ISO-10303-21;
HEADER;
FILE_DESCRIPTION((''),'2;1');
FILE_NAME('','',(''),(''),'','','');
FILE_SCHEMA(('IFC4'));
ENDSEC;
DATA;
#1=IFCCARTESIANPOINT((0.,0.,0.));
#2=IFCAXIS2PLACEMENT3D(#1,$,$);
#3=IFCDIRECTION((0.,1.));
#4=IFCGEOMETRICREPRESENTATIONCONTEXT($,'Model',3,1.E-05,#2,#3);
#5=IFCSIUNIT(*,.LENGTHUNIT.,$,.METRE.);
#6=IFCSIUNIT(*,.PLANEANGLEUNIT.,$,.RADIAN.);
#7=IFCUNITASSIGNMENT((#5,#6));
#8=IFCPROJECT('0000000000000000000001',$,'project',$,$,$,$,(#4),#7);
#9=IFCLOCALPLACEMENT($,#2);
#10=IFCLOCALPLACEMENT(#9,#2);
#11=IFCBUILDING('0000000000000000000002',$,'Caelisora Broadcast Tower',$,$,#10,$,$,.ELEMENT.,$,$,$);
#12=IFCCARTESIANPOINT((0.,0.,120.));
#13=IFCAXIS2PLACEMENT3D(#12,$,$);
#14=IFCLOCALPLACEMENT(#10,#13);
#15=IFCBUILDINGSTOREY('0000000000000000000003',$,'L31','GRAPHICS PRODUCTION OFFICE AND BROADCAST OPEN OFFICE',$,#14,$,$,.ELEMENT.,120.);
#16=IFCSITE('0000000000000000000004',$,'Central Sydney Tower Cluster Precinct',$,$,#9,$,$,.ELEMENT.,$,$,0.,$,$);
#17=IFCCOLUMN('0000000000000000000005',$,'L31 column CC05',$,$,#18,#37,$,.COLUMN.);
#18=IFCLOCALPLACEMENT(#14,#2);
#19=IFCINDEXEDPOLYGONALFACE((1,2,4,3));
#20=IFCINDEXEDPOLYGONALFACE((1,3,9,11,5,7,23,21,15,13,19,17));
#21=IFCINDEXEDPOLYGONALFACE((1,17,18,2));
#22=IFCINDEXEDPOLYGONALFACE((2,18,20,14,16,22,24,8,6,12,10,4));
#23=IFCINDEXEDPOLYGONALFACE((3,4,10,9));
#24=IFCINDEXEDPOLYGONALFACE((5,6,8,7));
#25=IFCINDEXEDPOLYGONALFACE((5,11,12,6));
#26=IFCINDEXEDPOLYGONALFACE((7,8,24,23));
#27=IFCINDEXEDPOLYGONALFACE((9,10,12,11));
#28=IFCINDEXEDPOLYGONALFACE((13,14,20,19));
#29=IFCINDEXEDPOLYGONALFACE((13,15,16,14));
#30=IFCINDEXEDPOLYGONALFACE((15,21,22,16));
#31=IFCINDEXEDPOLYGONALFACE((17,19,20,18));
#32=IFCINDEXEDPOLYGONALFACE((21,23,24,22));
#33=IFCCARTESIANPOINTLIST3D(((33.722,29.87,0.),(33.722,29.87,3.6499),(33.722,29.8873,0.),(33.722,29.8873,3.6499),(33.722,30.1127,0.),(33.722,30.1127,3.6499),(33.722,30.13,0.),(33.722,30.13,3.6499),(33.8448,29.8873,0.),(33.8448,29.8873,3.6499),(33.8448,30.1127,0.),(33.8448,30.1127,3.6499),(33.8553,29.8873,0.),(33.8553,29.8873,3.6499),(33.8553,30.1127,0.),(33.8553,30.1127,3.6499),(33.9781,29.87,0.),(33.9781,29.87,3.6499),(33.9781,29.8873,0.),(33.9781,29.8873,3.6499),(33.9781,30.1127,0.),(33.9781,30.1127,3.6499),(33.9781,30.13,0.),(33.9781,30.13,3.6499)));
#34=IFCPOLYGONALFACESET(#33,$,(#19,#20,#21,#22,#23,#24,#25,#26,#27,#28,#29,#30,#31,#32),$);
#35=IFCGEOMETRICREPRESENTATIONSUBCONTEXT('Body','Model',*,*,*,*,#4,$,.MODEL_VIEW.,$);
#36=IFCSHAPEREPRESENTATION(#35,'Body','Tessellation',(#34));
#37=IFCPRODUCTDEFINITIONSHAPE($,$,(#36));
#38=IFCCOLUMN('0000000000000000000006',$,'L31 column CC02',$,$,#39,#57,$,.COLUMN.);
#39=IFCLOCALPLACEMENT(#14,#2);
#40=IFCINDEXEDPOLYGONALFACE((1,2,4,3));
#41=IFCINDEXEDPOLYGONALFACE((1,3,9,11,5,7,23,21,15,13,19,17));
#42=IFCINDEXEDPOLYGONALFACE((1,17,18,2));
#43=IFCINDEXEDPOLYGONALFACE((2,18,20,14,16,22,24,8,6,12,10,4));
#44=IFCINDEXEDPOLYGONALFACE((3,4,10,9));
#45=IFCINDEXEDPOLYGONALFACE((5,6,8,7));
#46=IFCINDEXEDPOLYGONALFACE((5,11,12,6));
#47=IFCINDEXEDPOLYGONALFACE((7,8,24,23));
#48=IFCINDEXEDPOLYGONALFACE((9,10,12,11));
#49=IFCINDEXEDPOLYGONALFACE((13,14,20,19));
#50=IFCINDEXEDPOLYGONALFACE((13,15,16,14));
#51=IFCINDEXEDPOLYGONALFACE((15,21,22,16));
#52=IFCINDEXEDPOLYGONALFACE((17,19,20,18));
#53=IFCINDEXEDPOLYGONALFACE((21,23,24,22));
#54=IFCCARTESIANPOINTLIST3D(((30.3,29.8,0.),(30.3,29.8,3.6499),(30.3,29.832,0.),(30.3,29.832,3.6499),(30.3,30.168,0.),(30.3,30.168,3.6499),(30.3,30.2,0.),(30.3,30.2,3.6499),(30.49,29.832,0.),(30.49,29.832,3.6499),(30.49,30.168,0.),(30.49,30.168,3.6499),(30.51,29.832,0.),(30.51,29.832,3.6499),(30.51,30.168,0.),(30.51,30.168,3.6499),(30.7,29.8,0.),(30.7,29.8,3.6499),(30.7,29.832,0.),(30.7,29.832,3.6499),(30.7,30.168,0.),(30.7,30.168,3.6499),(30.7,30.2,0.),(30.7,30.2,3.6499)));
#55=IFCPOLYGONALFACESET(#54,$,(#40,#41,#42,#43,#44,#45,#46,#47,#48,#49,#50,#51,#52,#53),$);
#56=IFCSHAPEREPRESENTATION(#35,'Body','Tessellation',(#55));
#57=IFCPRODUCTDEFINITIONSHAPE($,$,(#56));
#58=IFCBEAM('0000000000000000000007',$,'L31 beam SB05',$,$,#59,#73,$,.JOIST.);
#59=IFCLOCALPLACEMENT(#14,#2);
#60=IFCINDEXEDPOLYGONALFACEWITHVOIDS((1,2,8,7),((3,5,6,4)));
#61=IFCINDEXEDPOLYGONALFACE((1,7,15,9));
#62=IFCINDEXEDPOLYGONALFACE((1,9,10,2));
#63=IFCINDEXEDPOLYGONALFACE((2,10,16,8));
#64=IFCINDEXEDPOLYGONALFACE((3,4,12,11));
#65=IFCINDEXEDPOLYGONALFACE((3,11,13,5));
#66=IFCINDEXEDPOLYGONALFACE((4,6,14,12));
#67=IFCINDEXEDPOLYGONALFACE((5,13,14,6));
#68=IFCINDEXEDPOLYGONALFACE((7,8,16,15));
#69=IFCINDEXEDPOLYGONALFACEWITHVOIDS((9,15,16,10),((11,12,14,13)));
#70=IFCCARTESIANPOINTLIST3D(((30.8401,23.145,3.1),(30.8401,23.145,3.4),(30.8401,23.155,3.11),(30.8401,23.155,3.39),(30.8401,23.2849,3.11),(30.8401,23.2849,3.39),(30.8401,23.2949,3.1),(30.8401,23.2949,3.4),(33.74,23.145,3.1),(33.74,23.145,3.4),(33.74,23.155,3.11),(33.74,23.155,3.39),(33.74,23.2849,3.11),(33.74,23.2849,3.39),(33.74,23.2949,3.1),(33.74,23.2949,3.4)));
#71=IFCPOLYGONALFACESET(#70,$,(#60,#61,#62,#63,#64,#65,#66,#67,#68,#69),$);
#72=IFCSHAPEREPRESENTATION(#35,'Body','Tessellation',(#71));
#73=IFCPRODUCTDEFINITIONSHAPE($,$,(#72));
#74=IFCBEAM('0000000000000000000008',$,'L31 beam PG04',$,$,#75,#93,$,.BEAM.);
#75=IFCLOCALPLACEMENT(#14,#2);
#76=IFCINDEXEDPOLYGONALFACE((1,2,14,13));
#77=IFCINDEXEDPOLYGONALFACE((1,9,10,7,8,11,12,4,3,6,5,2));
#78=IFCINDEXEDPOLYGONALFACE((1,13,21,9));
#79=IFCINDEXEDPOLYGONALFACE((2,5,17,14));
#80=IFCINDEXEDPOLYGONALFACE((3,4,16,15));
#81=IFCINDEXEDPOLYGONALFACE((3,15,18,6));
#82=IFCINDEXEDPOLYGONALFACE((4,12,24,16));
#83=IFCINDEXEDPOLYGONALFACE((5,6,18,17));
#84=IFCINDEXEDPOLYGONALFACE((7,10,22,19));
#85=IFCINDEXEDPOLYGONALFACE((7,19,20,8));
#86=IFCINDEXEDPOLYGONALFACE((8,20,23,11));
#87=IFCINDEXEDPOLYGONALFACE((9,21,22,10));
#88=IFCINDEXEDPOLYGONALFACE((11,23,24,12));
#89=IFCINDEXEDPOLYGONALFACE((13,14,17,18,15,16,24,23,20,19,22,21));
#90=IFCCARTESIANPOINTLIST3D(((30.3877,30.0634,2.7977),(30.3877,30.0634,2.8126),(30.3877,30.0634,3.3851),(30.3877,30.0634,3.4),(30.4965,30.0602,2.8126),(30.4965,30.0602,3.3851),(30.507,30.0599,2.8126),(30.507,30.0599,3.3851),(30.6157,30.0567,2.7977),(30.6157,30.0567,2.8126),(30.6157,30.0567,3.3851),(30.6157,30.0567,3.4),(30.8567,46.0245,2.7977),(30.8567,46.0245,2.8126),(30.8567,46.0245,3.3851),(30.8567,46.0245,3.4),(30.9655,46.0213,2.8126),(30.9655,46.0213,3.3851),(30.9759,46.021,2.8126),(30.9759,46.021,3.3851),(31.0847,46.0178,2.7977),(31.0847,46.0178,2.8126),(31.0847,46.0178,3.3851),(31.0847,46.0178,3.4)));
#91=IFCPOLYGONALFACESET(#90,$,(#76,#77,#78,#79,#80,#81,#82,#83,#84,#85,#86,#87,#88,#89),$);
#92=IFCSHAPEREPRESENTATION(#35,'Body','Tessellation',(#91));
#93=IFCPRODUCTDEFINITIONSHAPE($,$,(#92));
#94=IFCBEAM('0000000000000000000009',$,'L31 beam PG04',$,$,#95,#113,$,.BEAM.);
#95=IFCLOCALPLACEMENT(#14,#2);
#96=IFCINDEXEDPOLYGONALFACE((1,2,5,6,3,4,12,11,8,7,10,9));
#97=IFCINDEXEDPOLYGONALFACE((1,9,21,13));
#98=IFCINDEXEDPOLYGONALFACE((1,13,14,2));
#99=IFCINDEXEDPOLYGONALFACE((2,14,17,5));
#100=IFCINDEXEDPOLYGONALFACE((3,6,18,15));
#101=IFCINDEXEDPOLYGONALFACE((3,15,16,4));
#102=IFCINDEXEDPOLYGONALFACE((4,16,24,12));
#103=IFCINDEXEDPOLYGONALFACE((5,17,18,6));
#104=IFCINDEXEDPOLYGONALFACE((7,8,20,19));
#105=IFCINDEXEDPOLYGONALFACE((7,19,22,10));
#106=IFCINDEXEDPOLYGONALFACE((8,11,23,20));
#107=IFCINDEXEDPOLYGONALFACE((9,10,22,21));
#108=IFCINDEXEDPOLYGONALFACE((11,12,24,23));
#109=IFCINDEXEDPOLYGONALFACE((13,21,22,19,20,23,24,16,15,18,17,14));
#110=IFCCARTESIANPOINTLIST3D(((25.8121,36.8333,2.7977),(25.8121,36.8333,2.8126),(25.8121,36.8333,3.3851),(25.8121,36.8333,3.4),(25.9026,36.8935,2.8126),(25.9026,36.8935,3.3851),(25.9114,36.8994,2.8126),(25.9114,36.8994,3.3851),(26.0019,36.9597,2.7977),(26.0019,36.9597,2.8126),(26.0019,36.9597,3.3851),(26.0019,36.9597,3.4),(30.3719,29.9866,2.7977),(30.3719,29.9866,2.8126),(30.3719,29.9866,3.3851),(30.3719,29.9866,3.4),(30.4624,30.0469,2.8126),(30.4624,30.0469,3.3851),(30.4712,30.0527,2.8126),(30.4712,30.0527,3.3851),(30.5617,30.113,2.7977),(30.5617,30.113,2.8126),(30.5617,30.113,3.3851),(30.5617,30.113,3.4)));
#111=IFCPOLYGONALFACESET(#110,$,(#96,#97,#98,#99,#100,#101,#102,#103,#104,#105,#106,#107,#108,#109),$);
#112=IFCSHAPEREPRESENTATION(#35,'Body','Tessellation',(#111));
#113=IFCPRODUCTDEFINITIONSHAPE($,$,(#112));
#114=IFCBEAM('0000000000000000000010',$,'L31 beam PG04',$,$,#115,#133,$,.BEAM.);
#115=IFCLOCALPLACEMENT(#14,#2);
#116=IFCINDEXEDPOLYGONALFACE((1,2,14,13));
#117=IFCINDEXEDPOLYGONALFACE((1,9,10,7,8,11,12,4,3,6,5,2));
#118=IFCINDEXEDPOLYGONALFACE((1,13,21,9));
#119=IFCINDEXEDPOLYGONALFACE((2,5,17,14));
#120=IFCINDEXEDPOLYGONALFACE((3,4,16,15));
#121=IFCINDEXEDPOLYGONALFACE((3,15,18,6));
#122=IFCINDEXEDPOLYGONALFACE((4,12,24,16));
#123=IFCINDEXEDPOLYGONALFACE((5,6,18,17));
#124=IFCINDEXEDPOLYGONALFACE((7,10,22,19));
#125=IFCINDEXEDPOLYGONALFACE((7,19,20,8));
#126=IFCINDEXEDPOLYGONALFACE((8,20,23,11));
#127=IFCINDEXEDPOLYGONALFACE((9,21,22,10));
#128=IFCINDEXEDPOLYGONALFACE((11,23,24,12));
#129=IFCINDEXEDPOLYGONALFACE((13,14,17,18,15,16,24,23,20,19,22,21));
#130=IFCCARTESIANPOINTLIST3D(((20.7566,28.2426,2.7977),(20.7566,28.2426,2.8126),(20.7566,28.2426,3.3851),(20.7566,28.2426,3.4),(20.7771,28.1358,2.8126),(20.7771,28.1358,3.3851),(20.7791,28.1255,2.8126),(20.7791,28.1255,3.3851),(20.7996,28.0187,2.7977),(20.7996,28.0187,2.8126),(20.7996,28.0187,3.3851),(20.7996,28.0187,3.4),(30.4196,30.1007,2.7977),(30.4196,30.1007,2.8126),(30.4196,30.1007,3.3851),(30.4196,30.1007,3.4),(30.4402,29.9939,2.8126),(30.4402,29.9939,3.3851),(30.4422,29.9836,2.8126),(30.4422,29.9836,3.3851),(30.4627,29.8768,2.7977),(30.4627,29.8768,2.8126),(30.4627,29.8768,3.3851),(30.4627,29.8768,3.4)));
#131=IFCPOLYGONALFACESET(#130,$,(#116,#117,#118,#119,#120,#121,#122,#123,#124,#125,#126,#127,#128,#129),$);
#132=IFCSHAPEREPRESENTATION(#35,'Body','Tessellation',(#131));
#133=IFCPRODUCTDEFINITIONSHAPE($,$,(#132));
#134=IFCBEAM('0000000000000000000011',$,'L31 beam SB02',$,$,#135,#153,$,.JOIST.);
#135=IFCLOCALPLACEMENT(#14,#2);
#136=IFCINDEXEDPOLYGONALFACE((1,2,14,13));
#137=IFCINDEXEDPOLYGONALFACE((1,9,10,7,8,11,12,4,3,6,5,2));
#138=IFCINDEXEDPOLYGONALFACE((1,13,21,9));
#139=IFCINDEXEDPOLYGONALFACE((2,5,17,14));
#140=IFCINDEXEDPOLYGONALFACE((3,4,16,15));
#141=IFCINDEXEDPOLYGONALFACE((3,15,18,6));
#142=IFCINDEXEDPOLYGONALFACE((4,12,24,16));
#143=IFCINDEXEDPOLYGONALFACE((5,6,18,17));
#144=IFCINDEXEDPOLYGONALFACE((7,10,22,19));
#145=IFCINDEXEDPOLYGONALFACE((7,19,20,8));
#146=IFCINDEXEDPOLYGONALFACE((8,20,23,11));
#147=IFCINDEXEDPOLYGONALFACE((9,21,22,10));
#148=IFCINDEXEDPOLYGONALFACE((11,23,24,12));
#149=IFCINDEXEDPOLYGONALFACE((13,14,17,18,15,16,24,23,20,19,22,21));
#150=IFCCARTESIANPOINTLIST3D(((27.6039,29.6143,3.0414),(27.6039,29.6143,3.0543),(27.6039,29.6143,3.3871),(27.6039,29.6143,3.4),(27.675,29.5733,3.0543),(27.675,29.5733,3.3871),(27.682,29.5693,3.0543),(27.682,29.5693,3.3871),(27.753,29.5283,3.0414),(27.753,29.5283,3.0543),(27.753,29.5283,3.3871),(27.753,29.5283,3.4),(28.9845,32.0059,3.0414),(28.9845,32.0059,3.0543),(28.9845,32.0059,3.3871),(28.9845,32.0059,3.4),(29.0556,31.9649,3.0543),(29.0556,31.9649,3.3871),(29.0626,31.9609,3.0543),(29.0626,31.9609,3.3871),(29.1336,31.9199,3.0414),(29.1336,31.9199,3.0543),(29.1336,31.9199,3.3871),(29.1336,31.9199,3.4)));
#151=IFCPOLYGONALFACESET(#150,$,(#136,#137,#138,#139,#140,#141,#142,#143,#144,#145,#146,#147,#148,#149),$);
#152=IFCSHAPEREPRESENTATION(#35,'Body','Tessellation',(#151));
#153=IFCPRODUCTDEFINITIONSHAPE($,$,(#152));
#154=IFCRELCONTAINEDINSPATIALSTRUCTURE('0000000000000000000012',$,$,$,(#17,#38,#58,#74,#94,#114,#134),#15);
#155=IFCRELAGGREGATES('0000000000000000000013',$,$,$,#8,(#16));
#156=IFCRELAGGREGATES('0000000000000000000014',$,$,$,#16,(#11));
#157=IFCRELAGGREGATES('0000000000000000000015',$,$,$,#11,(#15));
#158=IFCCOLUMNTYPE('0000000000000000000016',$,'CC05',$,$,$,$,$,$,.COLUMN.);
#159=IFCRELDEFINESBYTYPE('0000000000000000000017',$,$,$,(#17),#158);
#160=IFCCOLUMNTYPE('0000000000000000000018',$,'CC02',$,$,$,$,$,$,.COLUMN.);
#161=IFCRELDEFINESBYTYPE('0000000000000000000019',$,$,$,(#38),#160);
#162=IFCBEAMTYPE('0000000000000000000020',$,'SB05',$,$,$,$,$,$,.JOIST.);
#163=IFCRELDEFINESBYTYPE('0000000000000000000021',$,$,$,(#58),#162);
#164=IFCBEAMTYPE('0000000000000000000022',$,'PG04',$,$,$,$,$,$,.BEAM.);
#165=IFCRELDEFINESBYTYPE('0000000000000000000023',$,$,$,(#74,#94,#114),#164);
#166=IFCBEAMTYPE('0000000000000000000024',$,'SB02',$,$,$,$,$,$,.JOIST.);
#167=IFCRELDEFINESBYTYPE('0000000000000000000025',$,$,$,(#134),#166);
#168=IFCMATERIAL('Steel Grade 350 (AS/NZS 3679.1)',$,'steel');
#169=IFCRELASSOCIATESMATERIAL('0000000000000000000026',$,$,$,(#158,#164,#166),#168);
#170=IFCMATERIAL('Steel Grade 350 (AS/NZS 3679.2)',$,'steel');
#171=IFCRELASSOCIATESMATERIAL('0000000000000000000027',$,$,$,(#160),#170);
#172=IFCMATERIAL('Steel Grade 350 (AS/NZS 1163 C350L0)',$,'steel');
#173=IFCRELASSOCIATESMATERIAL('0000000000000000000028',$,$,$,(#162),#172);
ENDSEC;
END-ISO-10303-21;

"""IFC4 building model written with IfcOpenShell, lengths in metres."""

from ifc_helpers import new_model, si_unit, direction, frame, origin, origin_2d, place, context, subcontext, project, spatial, hollow_rectangle, i_section, extrude, source, transform, mapped, material, material_profile, profile_set, type_object, type_shapes, element, save


model = new_model("IFC4")

# Units and contexts
model_context = context("Model", 3, precision=1e-05, world=origin(), true_north=direction((0.0, 1.0)))
body_context = subcontext(model_context, "Body", "Model", "MODEL_VIEW")
ifc_project = project(units=[si_unit("LENGTHUNIT", "METRE"), si_unit("PLANEANGLEUNIT", "RADIAN")], contexts=[model_context])

# Site, building, storey
site_placement = place(None, origin())
site = spatial("IfcSite", under=ifc_project, at=site_placement, Name="Central Sydney Tower Cluster Precinct", CompositionType="ELEMENT", RefElevation=0.0)
building_placement = place(site_placement, origin())
building = spatial("IfcBuilding", under=site, at=building_placement, Name="Caelisora Broadcast Tower", CompositionType="ELEMENT")
storey_placement = place(building_placement, frame((0.0, 0.0, 120.0)))
storey = spatial("IfcBuildingStorey", under=building, at=storey_placement, Name="L31", Description="GRAPHICS PRODUCTION OFFICE AND BROADCAST OPEN OFFICE", CompositionType="ELEMENT", Elevation=120.0)

# Columns
ifc_material_1 = material(Name="Steel Grade 350 (AS/NZS 3679.1)", Category="steel")
ifc_material_profile_1 = material_profile(ifc_material_1, i_section(OverallWidth=0.2561, OverallDepth=0.26, WebThickness=0.0105, FlangeThickness=0.0173, at=origin_2d()), Name="Steel Grade 350 (AS/NZS 3679.1)")
ifc_profile_set_1 = profile_set([ifc_material_profile_1], Name="Steel Grade 350 (AS/NZS 3679.1)")
column_type_1 = type_object("IfcColumnType", Name="CC05", PredefinedType="COLUMN", material=ifc_profile_set_1)
shared_shape_1 = source(origin(), body_context, "Body", "SweptSolid", [
    extrude(i_section(OverallWidth=0.2561, OverallDepth=0.26, WebThickness=0.0105, FlangeThickness=0.0173, at=origin_2d()), origin(), (0.0, 0.0, 1.0), 3.6499),
])
type_shapes(column_type_1, [shared_shape_1])
column_1_placement = place(storey_placement, frame((33.8501, 30.0, 0.0), z_axis=(0.0, 0.0, 1.0), x_axis=(1.0, 0.0, 0.0)))
element("IfcColumn", 1, at=column_1_placement, inside=storey, type_object=column_type_1, Name="L31 column CC05", PredefinedType="COLUMN", context=body_context, shape_type="MappedRepresentation", body=[
    mapped(shared_shape_1, transform((0.0, 0.0, 0.0), scale=1.0)),
])
ifc_material_2 = material(Name="Steel Grade 350 (AS/NZS 3679.2)", Category="steel")
ifc_material_profile_2 = material_profile(ifc_material_2, i_section(OverallWidth=0.3999, OverallDepth=0.3999, WebThickness=0.02, FlangeThickness=0.032, at=origin_2d()), Name="Steel Grade 350 (AS/NZS 3679.2)")
ifc_profile_set_2 = profile_set([ifc_material_profile_2], Name="Steel Grade 350 (AS/NZS 3679.2)")
column_type_2 = type_object("IfcColumnType", Name="CC02", PredefinedType="COLUMN", material=ifc_profile_set_2)
shared_shape_2 = source(origin(), body_context, "Body", "SweptSolid", [
    extrude(i_section(OverallWidth=0.3999, OverallDepth=0.3999, WebThickness=0.02, FlangeThickness=0.032, at=origin_2d()), origin(), (0.0, 0.0, 1.0), 3.6499),
])
type_shapes(column_type_2, [shared_shape_2])
column_2_placement = place(storey_placement, frame((30.5, 30.0, 0.0), z_axis=(0.0, 0.0, 1.0), x_axis=(1.0, 0.0, 0.0)))
element("IfcColumn", 2, at=column_2_placement, inside=storey, type_object=column_type_2, Name="L31 column CC02", PredefinedType="COLUMN", context=body_context, shape_type="MappedRepresentation", body=[
    mapped(shared_shape_2, transform((0.0, 0.0, 0.0), scale=1.0)),
])

# Beams
ifc_material_3 = material(Name="Steel Grade 350 (AS/NZS 1163 C350L0)", Category="steel")
ifc_material_profile_3 = material_profile(ifc_material_3, hollow_rectangle(XDim=0.1499, YDim=0.3, WallThickness=0.01, at=origin_2d()), Name="Steel Grade 350 (AS/NZS 1163 C350L0)")
ifc_profile_set_3 = profile_set([ifc_material_profile_3], Name="Steel Grade 350 (AS/NZS 1163 C350L0)")
beam_type_1 = type_object("IfcBeamType", Name="SB05", PredefinedType="JOIST", material=ifc_profile_set_3)
shared_shape_3 = source(origin(), body_context, "Body", "SweptSolid", [
    extrude(hollow_rectangle(XDim=0.1499, YDim=0.3, WallThickness=0.01, at=origin_2d()), origin(), (0.0, 0.0, 1.0), 2.8999),
])
type_shapes(beam_type_1, [shared_shape_3])
beam_1_placement = place(storey_placement, frame((30.8401, 23.22, 3.25), z_axis=(1.0, 0.0, 0.0), x_axis=(0.0, 1.0, 0.0)))
element("IfcBeam", 3, at=beam_1_placement, inside=storey, type_object=beam_type_1, Name="L31 beam SB05", PredefinedType="JOIST", context=body_context, shape_type="MappedRepresentation", body=[
    mapped(shared_shape_3, transform((0.0, 0.0, 0.0), scale=1.0)),
])
ifc_material_profile_4 = material_profile(ifc_material_1, i_section(OverallWidth=0.228, OverallDepth=0.6023, WebThickness=0.0105, FlangeThickness=0.0149, at=origin_2d()), Name="Steel Grade 350 (AS/NZS 3679.1)")
ifc_profile_set_4 = profile_set([ifc_material_profile_4], Name="Steel Grade 350 (AS/NZS 3679.1)")
beam_type_2 = type_object("IfcBeamType", Name="PG04", PredefinedType="BEAM", material=ifc_profile_set_4)
shared_shape_4 = source(origin(), body_context, "Body", "SweptSolid", [
    extrude(i_section(OverallWidth=0.228, OverallDepth=0.6023, WebThickness=0.0105, FlangeThickness=0.0149, at=origin_2d()), origin(), (0.0, 0.0, 1.0), 15.968),
])
beam_2_placement = place(storey_placement, frame((30.5017, 30.0601, 3.0989), z_axis=(0.029371, 0.999569, 0.0), x_axis=(-0.999569, 0.029371, 0.0)))
element("IfcBeam", 4, at=beam_2_placement, inside=storey, type_object=beam_type_2, Name="L31 beam PG04", PredefinedType="BEAM", context=body_context, shape_type="MappedRepresentation", body=[
    mapped(shared_shape_4, transform((0.0, 0.0, 0.0), scale=1.0)),
])
shared_shape_5 = source(origin(), body_context, "Body", "SweptSolid", [
    extrude(i_section(OverallWidth=0.228, OverallDepth=0.6023, WebThickness=0.0105, FlangeThickness=0.0149, at=origin_2d()), origin(), (0.0, 0.0, 1.0), 8.2261),
])
beam_3_placement = place(storey_placement, frame((30.4668, 30.0498, 3.0989), z_axis=(-0.55431, 0.83231, 0.0), x_axis=(-0.83231, -0.55431, 0.0)))
element("IfcBeam", 5, at=beam_3_placement, inside=storey, type_object=beam_type_2, Name="L31 beam PG04", PredefinedType="BEAM", context=body_context, shape_type="MappedRepresentation", body=[
    mapped(shared_shape_5, transform((0.0, 0.0, 0.0), scale=1.0)),
])
shared_shape_6 = source(origin(), body_context, "Body", "SweptSolid", [
    extrude(i_section(OverallWidth=0.228, OverallDepth=0.6023, WebThickness=0.0105, FlangeThickness=0.0149, at=origin_2d()), origin(), (0.0, 0.0, 1.0), 9.8401),
])
type_shapes(beam_type_2, [shared_shape_4, shared_shape_5, shared_shape_6])
beam_4_placement = place(storey_placement, frame((30.4412, 29.9888, 3.0989), z_axis=(-0.982009, -0.188835, 0.0), x_axis=(0.188835, -0.982009, 0.0)))
element("IfcBeam", 6, at=beam_4_placement, inside=storey, type_object=beam_type_2, Name="L31 beam PG04", PredefinedType="BEAM", context=body_context, shape_type="MappedRepresentation", body=[
    mapped(shared_shape_6, transform((0.0, 0.0, 0.0), scale=1.0)),
])
ifc_material_profile_5 = material_profile(ifc_material_1, i_section(OverallWidth=0.1721, OverallDepth=0.3586, WebThickness=0.0081, FlangeThickness=0.0129, at=origin_2d()), Name="Steel Grade 350 (AS/NZS 3679.1)")
ifc_profile_set_5 = profile_set([ifc_material_profile_5], Name="Steel Grade 350 (AS/NZS 3679.1)")
beam_type_3 = type_object("IfcBeamType", Name="SB02", PredefinedType="JOIST", material=ifc_profile_set_5)
shared_shape_7 = source(origin(), body_context, "Body", "SweptSolid", [
    extrude(i_section(OverallWidth=0.1721, OverallDepth=0.3586, WebThickness=0.0081, FlangeThickness=0.0129, at=origin_2d()), origin(), (0.0, 0.0, 1.0), 2.7615),
])
beam_5_placement = place(storey_placement, frame((29.0591, 31.9629, 3.2207), z_axis=(-0.499952, -0.866053, 0.0), x_axis=(0.866053, -0.499952, 0.0)))
element("IfcBeam", 7, at=beam_5_placement, inside=storey, type_object=beam_type_3, Name="L31 beam SB02", PredefinedType="JOIST", context=body_context, shape_type="MappedRepresentation", body=[
    mapped(shared_shape_7, transform((0.0, 0.0, 0.0), scale=1.0)),
])

save(model, "model.ifc")
